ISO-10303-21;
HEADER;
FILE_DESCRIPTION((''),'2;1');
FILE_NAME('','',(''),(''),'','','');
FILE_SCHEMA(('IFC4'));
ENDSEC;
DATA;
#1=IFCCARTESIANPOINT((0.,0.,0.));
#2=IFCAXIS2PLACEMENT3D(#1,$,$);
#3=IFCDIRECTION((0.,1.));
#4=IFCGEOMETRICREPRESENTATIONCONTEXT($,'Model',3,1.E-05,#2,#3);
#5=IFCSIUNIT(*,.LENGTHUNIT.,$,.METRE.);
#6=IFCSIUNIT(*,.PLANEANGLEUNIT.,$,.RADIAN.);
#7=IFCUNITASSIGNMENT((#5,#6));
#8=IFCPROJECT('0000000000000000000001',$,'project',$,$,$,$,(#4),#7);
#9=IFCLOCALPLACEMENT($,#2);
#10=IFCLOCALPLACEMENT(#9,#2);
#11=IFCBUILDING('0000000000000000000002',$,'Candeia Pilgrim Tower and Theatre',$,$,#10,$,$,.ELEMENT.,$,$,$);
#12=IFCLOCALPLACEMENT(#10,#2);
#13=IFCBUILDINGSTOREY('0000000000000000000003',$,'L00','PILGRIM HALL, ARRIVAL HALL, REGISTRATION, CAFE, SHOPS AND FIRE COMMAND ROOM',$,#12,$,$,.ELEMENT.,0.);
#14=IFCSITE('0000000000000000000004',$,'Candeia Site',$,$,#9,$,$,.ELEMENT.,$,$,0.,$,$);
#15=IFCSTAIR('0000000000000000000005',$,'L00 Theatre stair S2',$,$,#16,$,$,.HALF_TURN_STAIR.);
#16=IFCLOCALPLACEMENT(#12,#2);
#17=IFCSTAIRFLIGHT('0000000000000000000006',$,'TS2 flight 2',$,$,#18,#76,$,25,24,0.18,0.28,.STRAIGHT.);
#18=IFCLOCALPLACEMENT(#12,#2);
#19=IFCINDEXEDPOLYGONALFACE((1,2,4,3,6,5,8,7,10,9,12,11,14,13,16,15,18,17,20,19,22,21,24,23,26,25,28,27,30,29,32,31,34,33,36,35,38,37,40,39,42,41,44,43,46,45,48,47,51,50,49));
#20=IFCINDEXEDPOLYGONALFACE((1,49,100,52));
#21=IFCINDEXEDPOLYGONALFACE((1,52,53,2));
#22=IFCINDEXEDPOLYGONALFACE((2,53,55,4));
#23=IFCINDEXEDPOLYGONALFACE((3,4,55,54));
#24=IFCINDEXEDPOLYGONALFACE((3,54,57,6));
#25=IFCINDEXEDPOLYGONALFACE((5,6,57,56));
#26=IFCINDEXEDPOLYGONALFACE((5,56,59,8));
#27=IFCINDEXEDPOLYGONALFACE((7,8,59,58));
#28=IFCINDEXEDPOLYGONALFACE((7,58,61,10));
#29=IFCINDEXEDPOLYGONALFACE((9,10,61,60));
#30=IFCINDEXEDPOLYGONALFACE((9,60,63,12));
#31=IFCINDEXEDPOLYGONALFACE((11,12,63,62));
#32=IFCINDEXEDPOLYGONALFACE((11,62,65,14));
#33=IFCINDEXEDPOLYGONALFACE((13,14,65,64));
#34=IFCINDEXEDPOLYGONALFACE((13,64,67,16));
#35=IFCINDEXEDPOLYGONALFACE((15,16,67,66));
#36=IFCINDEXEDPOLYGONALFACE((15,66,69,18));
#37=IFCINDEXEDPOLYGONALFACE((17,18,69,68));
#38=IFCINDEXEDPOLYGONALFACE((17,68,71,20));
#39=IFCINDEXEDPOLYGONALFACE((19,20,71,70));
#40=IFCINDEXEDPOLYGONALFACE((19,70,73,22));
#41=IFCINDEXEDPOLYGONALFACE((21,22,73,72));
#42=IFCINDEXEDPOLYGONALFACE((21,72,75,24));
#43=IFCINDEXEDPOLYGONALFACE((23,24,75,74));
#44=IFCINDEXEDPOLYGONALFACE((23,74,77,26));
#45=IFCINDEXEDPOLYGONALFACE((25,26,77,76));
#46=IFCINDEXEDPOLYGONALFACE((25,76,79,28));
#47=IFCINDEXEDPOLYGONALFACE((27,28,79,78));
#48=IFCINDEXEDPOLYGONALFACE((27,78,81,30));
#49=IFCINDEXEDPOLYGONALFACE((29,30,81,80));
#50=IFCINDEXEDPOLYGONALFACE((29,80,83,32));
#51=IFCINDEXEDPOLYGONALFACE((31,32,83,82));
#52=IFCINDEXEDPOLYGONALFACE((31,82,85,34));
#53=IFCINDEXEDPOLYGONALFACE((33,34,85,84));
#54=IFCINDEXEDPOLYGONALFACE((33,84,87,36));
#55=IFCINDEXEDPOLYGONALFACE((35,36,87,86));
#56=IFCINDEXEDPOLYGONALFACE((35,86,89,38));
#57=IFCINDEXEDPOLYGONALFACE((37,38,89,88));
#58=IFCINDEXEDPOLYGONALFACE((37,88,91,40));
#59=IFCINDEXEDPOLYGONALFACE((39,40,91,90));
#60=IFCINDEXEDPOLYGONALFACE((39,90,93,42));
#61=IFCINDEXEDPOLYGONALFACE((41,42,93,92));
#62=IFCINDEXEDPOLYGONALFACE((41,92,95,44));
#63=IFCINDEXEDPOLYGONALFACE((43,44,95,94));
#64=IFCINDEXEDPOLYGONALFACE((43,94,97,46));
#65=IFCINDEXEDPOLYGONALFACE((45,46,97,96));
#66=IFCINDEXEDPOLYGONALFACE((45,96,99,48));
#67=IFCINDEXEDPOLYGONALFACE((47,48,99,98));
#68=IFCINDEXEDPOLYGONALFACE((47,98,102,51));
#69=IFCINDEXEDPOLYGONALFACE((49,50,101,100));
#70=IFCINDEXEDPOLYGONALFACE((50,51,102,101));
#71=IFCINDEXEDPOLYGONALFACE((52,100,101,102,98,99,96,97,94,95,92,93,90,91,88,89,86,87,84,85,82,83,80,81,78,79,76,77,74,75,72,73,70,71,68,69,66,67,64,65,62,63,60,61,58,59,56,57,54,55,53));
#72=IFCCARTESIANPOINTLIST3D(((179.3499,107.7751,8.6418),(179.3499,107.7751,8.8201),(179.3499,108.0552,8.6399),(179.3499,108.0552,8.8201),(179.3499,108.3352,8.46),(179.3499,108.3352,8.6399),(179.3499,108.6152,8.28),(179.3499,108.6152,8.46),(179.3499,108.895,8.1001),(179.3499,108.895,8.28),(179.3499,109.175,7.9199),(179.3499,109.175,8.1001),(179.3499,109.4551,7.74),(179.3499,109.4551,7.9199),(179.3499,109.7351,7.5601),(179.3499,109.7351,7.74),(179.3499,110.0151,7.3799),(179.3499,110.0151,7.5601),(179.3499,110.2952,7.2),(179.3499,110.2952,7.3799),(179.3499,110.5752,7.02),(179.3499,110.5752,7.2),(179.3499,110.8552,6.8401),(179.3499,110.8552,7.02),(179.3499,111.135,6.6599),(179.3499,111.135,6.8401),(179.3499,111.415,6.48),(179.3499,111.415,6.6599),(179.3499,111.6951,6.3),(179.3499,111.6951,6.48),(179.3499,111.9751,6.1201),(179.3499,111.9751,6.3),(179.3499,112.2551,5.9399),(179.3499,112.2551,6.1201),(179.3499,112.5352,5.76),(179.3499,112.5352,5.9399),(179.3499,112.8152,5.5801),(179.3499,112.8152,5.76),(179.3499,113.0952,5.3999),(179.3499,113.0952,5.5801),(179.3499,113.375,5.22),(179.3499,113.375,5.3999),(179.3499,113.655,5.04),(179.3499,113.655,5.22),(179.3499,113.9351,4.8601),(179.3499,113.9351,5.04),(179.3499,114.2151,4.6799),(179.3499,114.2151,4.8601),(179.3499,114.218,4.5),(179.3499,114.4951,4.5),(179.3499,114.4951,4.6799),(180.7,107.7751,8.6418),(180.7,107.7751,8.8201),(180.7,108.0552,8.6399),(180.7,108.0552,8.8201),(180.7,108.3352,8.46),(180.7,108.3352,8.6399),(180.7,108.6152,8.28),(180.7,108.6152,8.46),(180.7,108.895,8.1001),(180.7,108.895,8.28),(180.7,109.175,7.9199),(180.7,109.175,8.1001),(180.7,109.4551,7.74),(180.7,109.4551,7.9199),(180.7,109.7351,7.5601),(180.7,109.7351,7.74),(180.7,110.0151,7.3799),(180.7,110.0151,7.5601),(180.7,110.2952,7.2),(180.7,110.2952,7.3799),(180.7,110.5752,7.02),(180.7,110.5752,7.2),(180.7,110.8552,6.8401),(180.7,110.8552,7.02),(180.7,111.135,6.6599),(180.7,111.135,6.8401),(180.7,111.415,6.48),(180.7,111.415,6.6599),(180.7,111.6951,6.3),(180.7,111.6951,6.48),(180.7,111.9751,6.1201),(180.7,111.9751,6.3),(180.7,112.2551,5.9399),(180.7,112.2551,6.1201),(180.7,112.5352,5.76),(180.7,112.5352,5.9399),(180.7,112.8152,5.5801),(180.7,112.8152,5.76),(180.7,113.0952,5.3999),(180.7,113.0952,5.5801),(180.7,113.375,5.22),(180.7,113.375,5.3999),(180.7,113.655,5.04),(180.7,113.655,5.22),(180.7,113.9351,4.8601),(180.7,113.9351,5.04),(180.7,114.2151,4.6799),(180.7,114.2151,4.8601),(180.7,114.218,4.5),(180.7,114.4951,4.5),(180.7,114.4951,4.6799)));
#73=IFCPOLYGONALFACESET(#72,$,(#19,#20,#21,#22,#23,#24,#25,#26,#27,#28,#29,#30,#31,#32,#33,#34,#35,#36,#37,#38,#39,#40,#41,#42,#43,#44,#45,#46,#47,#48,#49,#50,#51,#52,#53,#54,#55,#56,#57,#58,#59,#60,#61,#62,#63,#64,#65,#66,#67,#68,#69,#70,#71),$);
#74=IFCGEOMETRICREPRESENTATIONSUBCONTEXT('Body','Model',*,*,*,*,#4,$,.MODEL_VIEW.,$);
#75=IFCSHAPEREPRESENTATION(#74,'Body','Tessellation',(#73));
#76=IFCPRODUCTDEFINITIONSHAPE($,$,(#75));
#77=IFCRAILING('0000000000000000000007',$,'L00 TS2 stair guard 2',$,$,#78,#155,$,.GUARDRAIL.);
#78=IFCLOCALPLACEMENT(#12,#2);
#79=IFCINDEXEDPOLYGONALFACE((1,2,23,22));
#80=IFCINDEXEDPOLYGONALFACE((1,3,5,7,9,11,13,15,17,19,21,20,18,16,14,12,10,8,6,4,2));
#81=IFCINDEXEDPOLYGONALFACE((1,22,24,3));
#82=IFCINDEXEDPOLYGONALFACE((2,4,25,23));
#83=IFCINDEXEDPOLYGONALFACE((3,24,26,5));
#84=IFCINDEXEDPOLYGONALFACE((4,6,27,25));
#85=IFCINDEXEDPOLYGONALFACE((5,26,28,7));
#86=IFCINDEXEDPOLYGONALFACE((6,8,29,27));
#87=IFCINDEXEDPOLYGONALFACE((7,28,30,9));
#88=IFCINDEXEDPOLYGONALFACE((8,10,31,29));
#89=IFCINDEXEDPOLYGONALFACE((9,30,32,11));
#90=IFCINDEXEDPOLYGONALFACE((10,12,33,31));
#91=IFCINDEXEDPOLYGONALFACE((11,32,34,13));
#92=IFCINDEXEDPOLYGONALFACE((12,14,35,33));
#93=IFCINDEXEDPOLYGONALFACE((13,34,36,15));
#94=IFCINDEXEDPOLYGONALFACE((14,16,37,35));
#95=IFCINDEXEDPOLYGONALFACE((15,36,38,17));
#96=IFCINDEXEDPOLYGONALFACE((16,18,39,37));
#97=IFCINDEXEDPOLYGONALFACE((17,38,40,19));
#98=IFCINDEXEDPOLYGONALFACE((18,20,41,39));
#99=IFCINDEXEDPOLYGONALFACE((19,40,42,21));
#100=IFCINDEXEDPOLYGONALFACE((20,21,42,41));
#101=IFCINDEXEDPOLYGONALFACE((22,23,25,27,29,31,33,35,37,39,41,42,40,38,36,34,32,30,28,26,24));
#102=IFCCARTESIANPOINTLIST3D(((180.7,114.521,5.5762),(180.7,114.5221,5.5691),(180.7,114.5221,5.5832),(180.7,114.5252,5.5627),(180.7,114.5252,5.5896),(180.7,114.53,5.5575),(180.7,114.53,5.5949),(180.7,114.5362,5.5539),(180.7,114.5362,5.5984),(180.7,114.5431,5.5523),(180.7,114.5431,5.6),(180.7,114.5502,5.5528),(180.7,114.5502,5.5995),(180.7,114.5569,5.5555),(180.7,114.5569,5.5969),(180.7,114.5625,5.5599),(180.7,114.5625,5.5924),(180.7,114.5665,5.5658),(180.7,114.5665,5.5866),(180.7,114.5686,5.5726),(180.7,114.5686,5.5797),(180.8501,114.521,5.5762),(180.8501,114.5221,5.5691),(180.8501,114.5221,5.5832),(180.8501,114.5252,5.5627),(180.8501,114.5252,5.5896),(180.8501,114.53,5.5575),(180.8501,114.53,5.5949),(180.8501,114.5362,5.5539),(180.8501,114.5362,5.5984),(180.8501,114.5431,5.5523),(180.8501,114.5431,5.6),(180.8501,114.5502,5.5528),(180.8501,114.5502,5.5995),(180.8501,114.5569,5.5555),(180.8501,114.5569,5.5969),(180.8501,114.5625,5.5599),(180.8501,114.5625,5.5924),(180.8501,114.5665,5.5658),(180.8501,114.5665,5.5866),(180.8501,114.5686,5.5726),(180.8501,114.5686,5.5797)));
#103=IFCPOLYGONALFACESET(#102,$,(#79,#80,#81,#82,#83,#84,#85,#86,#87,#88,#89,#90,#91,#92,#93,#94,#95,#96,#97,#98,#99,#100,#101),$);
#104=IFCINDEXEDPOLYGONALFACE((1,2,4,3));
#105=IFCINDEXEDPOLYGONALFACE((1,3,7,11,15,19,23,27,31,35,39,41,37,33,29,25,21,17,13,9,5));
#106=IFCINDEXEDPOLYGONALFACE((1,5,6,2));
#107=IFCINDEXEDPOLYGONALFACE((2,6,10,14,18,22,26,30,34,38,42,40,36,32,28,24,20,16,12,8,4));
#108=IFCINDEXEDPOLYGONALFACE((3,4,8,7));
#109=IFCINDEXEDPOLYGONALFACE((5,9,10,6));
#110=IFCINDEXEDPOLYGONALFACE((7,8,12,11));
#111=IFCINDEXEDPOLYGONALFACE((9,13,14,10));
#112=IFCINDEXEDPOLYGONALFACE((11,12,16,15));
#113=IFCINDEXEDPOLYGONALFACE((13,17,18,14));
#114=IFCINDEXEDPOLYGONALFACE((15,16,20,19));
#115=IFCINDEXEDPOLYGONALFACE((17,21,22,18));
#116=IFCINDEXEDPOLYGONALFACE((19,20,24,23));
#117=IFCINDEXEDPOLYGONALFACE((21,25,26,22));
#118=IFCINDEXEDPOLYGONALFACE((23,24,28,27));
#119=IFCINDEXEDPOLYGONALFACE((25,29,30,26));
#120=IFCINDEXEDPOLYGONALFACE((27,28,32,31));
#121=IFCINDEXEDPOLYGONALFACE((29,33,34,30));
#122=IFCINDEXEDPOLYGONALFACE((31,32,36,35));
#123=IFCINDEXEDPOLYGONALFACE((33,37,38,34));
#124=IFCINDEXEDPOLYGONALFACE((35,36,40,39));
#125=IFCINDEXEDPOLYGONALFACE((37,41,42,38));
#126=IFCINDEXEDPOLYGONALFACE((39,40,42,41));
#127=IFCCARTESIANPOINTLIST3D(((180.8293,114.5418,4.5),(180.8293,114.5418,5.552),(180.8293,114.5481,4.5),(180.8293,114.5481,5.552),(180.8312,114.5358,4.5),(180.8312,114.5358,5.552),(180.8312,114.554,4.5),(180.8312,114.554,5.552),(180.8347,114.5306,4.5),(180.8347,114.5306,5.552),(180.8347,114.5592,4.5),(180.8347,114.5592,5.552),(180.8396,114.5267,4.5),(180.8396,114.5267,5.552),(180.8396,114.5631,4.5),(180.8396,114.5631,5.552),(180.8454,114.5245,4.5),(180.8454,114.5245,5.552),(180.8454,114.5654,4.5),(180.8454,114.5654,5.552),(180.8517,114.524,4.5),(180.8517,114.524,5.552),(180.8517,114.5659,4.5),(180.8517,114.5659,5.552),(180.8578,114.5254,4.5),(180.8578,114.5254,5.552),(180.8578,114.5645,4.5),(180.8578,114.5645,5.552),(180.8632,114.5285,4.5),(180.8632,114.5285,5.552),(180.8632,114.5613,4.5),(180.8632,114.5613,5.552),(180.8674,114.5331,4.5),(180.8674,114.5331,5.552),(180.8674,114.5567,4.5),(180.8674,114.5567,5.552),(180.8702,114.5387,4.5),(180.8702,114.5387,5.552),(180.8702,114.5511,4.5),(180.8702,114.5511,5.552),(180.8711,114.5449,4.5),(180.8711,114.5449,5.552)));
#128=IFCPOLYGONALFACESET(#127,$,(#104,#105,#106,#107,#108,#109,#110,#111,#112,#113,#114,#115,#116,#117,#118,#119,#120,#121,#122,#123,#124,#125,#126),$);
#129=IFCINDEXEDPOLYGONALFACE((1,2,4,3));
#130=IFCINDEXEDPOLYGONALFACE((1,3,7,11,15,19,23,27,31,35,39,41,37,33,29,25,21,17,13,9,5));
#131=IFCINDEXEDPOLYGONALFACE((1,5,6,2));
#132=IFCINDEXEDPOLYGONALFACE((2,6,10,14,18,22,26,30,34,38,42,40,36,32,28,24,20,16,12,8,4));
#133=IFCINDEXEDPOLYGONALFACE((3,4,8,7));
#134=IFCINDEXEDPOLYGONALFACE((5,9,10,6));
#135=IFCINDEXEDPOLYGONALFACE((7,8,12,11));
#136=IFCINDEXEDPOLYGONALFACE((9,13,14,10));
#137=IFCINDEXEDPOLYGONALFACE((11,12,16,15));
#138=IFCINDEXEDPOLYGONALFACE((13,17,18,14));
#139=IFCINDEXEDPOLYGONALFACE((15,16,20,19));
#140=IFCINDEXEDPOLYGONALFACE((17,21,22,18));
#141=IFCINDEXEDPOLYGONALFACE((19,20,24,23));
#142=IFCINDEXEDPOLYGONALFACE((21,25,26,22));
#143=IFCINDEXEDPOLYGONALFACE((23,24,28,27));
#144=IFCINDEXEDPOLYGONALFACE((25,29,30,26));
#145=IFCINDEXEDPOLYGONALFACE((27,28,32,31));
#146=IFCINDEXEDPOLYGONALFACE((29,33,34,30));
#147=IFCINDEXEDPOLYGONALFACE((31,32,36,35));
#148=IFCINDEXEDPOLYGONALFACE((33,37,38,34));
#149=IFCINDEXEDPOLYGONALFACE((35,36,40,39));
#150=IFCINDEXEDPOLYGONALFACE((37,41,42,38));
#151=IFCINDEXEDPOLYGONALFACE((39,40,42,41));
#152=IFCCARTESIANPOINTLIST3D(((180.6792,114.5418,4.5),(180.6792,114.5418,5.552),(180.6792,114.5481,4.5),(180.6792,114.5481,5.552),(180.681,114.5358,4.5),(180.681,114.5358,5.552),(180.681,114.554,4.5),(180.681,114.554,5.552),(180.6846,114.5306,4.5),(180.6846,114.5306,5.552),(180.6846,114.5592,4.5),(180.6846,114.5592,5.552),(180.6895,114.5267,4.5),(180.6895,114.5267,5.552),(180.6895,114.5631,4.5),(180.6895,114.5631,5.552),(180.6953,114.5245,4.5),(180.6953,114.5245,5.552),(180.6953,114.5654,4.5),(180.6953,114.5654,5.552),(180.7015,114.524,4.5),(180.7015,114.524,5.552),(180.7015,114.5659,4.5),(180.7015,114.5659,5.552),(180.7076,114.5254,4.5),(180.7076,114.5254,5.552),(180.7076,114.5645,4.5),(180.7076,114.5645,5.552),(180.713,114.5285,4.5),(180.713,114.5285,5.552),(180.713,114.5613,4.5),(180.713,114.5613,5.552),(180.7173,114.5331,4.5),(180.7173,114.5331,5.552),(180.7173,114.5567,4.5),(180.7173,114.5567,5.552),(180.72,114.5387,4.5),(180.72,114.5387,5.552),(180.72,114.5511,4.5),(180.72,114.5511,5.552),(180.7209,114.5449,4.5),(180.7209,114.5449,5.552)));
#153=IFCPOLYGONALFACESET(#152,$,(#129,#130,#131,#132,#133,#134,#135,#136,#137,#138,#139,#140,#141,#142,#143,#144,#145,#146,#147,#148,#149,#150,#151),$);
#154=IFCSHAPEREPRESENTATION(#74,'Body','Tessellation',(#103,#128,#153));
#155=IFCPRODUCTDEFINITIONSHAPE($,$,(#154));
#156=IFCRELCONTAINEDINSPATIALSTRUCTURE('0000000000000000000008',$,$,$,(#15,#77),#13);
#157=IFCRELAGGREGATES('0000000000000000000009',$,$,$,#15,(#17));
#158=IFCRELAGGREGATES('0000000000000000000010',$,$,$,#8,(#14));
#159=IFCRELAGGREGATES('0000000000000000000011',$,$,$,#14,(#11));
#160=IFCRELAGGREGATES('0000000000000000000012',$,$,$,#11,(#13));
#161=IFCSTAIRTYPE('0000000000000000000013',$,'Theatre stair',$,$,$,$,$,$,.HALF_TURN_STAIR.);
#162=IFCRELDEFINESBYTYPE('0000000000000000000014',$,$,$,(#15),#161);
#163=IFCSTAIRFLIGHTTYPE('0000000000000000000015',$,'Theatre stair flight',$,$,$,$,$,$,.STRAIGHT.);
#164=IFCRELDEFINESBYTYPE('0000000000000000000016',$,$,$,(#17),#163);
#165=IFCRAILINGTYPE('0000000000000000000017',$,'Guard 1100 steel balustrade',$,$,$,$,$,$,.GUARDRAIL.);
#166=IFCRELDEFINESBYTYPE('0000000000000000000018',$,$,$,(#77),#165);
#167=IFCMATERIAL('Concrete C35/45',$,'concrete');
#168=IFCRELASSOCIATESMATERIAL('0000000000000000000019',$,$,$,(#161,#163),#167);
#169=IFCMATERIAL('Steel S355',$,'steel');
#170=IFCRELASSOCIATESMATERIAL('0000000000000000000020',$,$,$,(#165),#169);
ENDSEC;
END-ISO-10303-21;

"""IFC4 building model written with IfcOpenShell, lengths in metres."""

from ifc_helpers import new_model, si_unit, direction, frame, origin, origin_2d, place, context, subcontext, project, spatial, polyline, circle, outline, extrude, material, type_object, element, aggregate, save


model = new_model("IFC4")

# Units and contexts
model_context = context("Model", 3, precision=1e-05, world=origin(), true_north=direction((0.0, 1.0)))
body_context = subcontext(model_context, "Body", "Model", "MODEL_VIEW")
ifc_project = project(units=[si_unit("LENGTHUNIT", "METRE"), si_unit("PLANEANGLEUNIT", "RADIAN")], contexts=[model_context])

# Site, building, storey
site_placement = place(None, origin())
site = spatial("IfcSite", under=ifc_project, at=site_placement, Name="Candeia Site", CompositionType="ELEMENT", RefElevation=0.0)
building_placement = place(site_placement, origin())
building = spatial("IfcBuilding", under=site, at=building_placement, Name="Candeia Pilgrim Tower and Theatre", CompositionType="ELEMENT")
storey_placement = place(building_placement, origin())
storey = spatial("IfcBuildingStorey", under=building, at=storey_placement, Name="L00", Description="PILGRIM HALL, ARRIVAL HALL, REGISTRATION, CAFE, SHOPS AND FIRE COMMAND ROOM", CompositionType="ELEMENT", Elevation=0.0)

# Shared definitions
ifc_material_1 = material(Name="Concrete C35/45", Category="concrete")

# Stair, stair flight
stair_type = type_object("IfcStairType", Name="Theatre stair", PredefinedType="HALF_TURN_STAIR", material=ifc_material_1)
stair_placement = place(storey_placement, origin())
stair = element("IfcStair", 1, at=stair_placement, inside=storey, type_object=stair_type, Name="L00 Theatre stair S2", PredefinedType="HALF_TURN_STAIR")
stair_flight_type = type_object("IfcStairFlightType", Name="Theatre stair flight", PredefinedType="STRAIGHT", material=ifc_material_1)
stair_flight_1_placement = place(storey_placement, frame((180.0249, 114.4951, 4.5), z_axis=(0.0, 0.0, 1.0), x_axis=(0.0, -1.0, 0.0)))
stair_flight_1 = element("IfcStairFlight", 2, at=stair_flight_1_placement, type_object=stair_flight_type, Name="TS2 flight 2", NumberOfRisers=25, NumberOfTreads=24, PredefinedType="STRAIGHT", RiserHeight=0.18, TreadLength=0.28, context=body_context, shape_type="SweptSolid", body=[
    extrude(outline(polyline([(0.0, 0.0), (0.0, 0.1799), (0.28, 0.1799), (0.28, 0.3601), (0.5601, 0.3601), (0.5601, 0.54), (0.8401, 0.54), (0.8401, 0.72), (1.1201, 0.72), (1.1201, 0.8999), (1.3999, 0.8999), (1.3999, 1.0801), (1.6799, 1.0801), (1.6799, 1.26), (1.96, 1.26), (1.96, 1.4399), (2.24, 1.4399), (2.24, 1.6201), (2.52, 1.6201), (2.52, 1.8), (2.8, 1.8), (2.8, 1.98), (3.0801, 1.98), (3.0801, 2.1599), (3.3601, 2.1599), (3.3601, 2.3401), (3.6399, 2.3401), (3.6399, 2.52), (3.9199, 2.52), (3.9199, 2.7), (4.2, 2.7), (4.2, 2.8799), (4.48, 2.8799), (4.48, 3.0601), (4.76, 3.0601), (4.76, 3.24), (5.04, 3.24), (5.04, 3.4199), (5.3201, 3.4199), (5.3201, 3.6001), (5.6001, 3.6001), (5.6001, 3.78), (5.8799, 3.78), (5.8799, 3.96), (6.1599, 3.96), (6.1599, 4.1399), (6.4399, 4.1399), (6.4399, 4.3201), (6.72, 4.3201), (6.72, 4.5), (6.72, 4.1418), (0.2771, 0.0), (0.0, 0.0)])), frame((0.0, 0.675, 0.0), z_axis=(0.0, -1.0, 0.0), x_axis=(1.0, 0.0, 0.0)), (0.0, 0.0, 1.0), 1.3501),
])
aggregate(stair, [stair_flight_1])

# Railing
ifc_material_2 = material(Name="Steel S355", Category="steel")
railing_type_1 = type_object("IfcRailingType", Name="Guard 1100 steel balustrade", PredefinedType="GUARDRAIL", material=ifc_material_2)
railing_1_placement = place(storey_placement, frame((180.8501, 114.5449, 4.5)))
element("IfcRailing", 3, at=railing_1_placement, inside=storey, type_object=railing_type_1, Name="L00 TS2 stair guard 2", PredefinedType="GUARDRAIL", context=body_context, shape_type="SweptSolid", body=[
    extrude(circle(Radius=0.0239, at=origin_2d()), frame((0.0, 0.0, 1.0762), z_axis=(-1.0, 0.0, 0.0), x_axis=(0.0, -1.0, 0.0)), (0.0, 0.0, 1.0), 0.1501),
    extrude(circle(Radius=0.021, at=origin_2d()), origin(), (0.0, 0.0, 1.0), 1.052),
    extrude(circle(Radius=0.021, at=origin_2d()), frame((-0.1501, 0.0, 0.0)), (0.0, 0.0, 1.0), 1.052),
])

save(model, "model.ifc")
